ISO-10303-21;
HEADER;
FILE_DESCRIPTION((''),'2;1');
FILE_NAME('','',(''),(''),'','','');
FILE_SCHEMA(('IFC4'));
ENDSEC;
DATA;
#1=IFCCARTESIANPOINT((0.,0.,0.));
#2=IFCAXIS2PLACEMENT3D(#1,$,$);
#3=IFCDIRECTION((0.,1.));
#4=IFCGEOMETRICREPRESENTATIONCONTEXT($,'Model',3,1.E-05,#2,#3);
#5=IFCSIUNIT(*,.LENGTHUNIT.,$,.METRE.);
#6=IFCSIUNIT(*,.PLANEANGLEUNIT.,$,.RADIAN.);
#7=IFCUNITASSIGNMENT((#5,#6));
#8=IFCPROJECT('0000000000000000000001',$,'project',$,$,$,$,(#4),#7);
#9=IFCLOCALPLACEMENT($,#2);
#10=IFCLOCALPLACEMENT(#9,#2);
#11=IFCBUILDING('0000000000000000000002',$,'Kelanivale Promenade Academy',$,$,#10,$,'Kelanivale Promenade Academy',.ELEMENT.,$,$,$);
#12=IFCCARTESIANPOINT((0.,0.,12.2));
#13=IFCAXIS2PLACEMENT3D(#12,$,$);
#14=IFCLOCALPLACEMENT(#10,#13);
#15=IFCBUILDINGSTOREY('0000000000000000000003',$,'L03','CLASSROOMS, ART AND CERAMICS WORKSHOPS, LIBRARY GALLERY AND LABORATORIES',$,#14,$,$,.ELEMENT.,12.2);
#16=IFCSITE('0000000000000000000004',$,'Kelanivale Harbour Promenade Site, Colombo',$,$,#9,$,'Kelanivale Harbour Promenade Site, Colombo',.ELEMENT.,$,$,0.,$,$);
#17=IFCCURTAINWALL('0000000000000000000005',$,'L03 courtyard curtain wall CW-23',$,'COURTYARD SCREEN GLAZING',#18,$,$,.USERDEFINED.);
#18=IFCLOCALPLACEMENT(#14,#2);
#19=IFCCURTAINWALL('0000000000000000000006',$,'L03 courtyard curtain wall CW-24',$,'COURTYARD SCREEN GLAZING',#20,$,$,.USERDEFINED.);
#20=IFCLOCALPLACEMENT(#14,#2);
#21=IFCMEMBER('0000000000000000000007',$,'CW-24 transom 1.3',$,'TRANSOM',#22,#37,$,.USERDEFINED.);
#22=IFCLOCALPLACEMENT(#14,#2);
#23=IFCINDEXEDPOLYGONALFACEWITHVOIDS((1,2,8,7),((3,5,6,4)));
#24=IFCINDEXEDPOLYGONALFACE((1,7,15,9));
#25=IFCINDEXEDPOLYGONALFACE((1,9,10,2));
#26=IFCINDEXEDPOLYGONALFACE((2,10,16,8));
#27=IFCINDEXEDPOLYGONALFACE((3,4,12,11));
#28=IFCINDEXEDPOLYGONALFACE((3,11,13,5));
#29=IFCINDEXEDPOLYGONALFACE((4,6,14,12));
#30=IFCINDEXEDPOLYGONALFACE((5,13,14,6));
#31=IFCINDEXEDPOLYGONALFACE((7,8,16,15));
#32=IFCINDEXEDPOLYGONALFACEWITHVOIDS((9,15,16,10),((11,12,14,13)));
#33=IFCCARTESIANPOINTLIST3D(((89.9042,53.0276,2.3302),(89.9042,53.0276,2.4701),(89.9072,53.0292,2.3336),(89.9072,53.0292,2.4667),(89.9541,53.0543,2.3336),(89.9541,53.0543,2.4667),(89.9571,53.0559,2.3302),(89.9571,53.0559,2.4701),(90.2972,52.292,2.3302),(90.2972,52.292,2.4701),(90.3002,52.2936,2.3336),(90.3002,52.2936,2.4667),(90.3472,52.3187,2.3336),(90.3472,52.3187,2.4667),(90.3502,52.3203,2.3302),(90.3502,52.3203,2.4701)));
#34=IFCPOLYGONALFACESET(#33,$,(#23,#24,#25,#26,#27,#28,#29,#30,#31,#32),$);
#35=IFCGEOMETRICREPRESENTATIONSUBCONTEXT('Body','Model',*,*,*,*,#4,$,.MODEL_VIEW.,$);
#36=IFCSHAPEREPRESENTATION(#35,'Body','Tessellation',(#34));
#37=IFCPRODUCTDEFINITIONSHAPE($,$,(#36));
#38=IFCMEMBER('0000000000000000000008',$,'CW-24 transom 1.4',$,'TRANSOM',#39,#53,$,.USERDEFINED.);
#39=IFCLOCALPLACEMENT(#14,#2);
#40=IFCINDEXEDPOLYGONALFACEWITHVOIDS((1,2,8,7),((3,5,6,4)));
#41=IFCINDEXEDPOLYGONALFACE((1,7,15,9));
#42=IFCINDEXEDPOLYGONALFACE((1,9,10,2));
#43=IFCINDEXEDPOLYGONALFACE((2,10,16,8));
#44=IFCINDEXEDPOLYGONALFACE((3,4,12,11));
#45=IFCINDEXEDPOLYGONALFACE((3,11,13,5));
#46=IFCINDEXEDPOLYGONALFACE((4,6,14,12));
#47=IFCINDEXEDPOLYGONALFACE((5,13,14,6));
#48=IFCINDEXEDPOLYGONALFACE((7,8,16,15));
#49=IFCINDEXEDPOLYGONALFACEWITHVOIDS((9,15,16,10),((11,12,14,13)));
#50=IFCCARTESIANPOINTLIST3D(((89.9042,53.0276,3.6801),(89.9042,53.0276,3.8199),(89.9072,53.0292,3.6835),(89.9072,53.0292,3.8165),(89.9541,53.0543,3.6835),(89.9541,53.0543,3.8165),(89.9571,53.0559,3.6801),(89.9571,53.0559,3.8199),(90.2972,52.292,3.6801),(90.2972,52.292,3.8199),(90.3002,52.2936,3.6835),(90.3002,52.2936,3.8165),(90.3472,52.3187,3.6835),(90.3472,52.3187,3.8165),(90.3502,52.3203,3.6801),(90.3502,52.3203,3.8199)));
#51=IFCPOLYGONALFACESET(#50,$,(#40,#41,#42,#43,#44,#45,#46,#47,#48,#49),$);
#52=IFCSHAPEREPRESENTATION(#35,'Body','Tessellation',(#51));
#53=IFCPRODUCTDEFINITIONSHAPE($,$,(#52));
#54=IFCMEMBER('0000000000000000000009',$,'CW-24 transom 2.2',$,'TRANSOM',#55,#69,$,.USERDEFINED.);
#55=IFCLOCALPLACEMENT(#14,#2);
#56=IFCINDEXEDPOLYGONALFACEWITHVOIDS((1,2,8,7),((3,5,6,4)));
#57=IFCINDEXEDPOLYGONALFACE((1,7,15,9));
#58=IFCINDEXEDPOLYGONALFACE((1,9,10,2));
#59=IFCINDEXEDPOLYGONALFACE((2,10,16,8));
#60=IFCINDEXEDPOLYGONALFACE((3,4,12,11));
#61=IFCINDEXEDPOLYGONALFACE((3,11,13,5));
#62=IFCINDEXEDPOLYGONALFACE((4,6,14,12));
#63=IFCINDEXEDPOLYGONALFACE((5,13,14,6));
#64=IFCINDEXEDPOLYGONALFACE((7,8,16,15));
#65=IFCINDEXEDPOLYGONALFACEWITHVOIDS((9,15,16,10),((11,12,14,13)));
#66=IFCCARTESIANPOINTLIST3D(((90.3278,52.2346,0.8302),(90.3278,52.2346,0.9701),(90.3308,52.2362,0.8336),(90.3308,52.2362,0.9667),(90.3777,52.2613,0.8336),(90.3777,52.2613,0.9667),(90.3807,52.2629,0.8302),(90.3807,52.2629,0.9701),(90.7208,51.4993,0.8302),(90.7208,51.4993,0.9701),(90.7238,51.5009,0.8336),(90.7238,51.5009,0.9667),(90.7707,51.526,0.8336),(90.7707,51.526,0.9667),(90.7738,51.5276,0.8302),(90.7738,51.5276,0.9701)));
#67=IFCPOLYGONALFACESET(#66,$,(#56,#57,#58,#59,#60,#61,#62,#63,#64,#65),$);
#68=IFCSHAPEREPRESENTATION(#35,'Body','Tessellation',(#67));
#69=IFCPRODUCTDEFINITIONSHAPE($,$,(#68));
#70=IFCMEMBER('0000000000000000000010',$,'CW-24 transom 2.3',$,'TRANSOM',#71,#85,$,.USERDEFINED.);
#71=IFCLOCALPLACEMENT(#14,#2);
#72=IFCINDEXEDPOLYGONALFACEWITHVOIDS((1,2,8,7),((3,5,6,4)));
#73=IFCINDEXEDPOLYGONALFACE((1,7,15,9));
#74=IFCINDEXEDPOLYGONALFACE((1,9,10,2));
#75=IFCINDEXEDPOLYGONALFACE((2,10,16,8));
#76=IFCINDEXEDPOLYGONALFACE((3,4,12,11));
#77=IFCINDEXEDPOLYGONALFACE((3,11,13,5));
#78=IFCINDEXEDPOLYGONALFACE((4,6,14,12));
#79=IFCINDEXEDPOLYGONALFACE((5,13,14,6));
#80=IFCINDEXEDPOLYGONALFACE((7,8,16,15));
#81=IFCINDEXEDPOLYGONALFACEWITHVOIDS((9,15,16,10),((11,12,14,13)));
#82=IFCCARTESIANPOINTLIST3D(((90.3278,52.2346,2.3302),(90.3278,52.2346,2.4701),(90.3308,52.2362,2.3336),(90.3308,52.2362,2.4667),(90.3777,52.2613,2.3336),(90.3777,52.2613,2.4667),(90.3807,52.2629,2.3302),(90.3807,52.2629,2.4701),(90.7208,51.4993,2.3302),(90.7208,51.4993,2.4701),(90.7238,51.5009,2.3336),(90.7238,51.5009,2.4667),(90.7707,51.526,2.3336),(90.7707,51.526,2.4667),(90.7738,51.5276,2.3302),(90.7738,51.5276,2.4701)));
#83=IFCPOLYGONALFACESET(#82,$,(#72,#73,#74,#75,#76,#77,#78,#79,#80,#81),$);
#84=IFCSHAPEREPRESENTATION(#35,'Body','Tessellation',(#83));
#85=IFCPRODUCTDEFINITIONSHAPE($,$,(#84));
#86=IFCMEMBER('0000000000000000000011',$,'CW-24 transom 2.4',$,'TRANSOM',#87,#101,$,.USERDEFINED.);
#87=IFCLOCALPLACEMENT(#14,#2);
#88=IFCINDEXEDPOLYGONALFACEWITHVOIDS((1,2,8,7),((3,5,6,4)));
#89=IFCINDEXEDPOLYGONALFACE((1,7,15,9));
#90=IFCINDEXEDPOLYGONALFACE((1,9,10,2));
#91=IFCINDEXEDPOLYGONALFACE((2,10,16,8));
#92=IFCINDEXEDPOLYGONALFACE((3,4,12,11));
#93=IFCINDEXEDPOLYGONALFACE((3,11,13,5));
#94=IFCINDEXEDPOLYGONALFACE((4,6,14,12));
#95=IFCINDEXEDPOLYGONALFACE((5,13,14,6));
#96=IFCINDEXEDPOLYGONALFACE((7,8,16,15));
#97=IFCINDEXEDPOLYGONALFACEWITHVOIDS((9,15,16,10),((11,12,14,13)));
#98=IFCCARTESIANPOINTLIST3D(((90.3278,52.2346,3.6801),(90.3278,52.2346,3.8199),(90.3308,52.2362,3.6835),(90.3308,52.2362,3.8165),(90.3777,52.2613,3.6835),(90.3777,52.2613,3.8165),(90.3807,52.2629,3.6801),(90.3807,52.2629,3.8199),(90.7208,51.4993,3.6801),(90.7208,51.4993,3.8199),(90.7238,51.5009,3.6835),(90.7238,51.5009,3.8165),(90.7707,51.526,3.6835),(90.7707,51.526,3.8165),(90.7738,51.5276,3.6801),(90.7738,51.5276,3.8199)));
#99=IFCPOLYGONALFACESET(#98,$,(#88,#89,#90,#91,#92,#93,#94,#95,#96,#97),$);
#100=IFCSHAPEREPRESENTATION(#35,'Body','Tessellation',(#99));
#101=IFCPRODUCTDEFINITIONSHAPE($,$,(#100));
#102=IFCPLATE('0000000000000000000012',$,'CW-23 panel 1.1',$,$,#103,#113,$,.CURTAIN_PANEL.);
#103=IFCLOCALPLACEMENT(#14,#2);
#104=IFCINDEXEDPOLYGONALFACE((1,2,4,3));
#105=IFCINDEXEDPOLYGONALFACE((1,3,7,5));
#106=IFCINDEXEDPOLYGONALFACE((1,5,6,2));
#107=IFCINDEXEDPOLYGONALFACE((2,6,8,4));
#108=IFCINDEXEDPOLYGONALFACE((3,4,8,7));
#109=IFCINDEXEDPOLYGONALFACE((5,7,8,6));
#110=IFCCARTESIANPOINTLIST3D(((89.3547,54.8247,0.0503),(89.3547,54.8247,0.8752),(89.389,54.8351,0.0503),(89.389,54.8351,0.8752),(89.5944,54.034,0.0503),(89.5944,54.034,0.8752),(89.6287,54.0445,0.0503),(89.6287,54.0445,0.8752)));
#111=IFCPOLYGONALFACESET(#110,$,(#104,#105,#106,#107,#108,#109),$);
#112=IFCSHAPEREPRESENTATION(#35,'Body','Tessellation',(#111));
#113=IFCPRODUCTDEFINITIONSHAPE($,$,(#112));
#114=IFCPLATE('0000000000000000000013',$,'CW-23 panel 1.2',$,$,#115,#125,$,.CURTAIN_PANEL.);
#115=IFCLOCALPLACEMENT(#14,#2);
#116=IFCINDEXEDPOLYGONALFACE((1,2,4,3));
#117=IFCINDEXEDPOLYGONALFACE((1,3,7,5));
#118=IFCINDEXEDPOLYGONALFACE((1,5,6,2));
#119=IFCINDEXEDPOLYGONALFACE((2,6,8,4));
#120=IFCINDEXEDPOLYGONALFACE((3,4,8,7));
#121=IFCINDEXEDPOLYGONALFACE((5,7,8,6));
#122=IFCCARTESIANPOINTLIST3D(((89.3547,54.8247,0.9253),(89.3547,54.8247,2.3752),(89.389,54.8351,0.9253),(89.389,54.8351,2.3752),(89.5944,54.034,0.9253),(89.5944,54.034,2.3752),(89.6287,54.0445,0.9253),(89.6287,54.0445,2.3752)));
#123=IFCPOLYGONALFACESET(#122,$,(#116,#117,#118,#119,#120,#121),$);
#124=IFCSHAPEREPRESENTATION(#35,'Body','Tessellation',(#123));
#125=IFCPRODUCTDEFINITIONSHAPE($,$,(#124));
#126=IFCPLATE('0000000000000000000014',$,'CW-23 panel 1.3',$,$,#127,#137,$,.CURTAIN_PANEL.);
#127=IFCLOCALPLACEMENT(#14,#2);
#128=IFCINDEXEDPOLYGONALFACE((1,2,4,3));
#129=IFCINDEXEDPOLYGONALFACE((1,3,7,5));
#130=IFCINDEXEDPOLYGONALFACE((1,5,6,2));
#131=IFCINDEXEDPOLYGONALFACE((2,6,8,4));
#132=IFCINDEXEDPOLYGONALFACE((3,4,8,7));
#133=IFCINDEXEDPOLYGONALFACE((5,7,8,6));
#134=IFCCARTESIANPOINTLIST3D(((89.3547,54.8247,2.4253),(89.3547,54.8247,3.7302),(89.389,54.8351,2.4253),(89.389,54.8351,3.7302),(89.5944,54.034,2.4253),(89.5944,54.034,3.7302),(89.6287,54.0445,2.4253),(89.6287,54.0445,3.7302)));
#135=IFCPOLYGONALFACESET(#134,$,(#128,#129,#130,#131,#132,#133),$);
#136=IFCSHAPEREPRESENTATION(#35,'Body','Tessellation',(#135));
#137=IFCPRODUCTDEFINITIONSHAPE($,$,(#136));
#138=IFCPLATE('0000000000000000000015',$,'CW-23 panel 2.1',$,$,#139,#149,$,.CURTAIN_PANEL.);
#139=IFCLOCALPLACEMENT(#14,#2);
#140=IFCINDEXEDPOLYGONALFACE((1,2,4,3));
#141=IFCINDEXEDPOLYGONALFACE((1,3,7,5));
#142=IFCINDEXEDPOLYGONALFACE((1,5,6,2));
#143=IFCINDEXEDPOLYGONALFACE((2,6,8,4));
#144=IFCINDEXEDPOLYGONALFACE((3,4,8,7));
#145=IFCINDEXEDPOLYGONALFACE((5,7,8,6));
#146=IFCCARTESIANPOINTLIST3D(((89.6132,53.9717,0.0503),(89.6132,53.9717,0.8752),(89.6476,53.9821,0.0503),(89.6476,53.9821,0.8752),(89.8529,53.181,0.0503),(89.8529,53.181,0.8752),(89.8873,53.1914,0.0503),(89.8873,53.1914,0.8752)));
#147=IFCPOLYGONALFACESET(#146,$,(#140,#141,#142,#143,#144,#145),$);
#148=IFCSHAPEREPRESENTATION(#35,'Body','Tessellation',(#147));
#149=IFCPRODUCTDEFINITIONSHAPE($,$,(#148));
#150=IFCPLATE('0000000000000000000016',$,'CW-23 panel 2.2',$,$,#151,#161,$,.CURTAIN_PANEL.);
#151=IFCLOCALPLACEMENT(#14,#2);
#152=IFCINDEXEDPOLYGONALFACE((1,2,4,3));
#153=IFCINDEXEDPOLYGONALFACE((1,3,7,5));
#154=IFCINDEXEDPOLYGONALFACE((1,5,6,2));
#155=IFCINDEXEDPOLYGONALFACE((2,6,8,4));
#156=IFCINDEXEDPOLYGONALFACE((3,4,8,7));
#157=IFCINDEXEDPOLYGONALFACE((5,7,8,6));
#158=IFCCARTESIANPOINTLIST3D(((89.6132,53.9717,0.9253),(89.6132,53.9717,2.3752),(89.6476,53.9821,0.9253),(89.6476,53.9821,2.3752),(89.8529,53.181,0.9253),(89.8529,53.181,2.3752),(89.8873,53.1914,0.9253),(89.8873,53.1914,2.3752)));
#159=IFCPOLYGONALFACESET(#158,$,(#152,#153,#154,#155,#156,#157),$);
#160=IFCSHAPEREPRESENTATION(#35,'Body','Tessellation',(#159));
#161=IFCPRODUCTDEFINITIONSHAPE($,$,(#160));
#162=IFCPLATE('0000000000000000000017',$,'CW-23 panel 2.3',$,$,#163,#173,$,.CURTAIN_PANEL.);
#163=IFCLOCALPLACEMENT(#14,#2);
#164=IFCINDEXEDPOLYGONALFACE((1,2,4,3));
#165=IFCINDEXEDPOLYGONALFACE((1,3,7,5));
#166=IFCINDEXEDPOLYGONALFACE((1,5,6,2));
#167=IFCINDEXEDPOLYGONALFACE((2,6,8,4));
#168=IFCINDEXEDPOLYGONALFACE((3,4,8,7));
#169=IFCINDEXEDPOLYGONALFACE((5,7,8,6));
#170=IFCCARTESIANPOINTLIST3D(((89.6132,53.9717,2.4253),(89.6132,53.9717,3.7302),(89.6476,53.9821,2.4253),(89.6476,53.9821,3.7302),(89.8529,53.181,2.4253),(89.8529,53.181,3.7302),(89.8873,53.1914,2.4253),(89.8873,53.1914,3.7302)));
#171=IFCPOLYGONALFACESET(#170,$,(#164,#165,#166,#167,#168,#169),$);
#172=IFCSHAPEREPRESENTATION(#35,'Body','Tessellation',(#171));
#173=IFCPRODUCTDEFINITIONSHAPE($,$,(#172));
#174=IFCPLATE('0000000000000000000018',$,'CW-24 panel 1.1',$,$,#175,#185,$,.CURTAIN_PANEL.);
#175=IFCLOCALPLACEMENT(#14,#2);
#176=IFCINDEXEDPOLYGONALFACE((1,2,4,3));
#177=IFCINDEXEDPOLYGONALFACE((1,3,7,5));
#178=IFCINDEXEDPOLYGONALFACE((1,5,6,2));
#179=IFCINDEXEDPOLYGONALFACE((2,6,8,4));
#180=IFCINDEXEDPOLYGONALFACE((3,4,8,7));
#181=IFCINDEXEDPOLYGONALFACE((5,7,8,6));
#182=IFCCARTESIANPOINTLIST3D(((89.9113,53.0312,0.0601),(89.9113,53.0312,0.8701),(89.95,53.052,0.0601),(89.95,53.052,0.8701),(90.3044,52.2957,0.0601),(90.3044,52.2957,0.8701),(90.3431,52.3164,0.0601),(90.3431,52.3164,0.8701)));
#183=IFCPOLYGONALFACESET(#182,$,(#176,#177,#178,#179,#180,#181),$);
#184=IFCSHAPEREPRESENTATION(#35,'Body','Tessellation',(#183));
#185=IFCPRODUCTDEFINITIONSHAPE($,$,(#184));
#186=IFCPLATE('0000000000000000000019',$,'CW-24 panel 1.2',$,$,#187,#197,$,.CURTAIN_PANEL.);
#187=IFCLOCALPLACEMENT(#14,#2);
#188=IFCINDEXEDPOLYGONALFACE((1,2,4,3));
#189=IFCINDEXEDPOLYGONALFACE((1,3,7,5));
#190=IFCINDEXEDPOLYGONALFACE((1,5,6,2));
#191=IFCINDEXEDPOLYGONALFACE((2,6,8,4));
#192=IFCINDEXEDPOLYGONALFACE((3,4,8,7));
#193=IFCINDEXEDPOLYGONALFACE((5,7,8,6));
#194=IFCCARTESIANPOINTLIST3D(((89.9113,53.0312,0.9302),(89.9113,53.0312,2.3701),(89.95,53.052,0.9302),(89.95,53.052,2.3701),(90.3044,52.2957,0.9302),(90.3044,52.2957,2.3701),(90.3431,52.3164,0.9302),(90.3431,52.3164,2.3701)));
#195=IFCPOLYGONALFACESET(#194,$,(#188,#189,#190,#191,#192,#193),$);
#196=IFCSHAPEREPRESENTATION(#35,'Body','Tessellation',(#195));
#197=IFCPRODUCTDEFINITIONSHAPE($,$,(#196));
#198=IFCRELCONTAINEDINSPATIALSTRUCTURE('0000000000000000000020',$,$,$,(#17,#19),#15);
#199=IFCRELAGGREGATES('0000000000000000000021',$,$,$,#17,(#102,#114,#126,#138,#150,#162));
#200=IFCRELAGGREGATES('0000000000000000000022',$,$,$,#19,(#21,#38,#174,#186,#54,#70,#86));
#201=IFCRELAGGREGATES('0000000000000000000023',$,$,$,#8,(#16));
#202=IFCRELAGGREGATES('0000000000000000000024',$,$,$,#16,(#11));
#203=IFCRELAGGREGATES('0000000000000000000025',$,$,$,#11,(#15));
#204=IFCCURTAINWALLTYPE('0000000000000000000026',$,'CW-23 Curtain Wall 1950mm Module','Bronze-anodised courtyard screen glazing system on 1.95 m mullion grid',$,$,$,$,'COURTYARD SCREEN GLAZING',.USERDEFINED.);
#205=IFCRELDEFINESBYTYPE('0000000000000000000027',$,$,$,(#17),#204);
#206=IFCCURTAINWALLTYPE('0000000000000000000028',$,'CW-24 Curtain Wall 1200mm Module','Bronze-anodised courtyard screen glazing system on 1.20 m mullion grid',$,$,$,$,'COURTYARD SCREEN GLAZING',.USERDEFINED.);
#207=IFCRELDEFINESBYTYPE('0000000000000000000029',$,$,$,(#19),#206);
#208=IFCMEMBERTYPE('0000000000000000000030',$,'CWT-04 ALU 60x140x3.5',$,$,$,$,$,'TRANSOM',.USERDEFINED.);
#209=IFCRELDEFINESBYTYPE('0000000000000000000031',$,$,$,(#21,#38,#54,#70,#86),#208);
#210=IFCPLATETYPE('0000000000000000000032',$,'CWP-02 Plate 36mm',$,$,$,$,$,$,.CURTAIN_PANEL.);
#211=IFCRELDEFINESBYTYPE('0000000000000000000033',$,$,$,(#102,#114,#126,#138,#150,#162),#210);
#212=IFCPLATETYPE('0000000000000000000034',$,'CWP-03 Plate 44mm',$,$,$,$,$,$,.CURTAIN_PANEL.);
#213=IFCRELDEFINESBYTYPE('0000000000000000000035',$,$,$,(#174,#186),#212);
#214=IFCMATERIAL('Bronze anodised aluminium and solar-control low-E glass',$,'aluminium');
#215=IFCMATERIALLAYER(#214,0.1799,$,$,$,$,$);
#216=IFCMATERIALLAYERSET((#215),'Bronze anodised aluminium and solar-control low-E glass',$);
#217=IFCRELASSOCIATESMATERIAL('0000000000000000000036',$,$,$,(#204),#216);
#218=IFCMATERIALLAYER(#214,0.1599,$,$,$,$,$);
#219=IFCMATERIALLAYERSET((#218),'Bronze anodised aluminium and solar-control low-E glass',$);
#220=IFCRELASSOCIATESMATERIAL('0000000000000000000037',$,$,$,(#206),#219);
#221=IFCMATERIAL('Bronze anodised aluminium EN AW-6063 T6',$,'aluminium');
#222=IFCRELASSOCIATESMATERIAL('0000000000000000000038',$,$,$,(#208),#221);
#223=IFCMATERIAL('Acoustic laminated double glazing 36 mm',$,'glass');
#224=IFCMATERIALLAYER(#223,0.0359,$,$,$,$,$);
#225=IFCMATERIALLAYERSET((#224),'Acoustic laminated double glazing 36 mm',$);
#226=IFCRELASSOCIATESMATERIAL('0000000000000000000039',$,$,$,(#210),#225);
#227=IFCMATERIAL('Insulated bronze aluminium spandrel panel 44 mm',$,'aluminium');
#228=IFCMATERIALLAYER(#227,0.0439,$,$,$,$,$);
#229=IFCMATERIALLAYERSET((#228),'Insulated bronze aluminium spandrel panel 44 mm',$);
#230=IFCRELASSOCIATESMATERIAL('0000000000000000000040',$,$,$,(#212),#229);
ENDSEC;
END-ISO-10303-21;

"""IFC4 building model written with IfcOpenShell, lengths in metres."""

from ifc_helpers import new_model, si_unit, direction, frame, origin, origin_2d, place, context, subcontext, project, spatial, rectangle, hollow_rectangle, extrude, material, layer, layer_set, material_profile, profile_set, type_object, element, aggregate, save


model = new_model("IFC4")

# Units and contexts
model_context = context("Model", 3, precision=1e-05, world=origin(), true_north=direction((0.0, 1.0)))
body_context = subcontext(model_context, "Body", "Model", "MODEL_VIEW")
ifc_project = project(units=[si_unit("LENGTHUNIT", "METRE"), si_unit("PLANEANGLEUNIT", "RADIAN")], contexts=[model_context])

# Site, building, storey
site_placement = place(None, origin())
site = spatial("IfcSite", under=ifc_project, at=site_placement, Name="Kelanivale Harbour Promenade Site, Colombo", LongName="Kelanivale Harbour Promenade Site, Colombo", CompositionType="ELEMENT", RefElevation=0.0)
building_placement = place(site_placement, origin())
building = spatial("IfcBuilding", under=site, at=building_placement, Name="Kelanivale Promenade Academy", LongName="Kelanivale Promenade Academy", CompositionType="ELEMENT")
storey_placement = place(building_placement, frame((0.0, 0.0, 12.2)))
storey = spatial("IfcBuildingStorey", under=building, at=storey_placement, Name="L03", Description="CLASSROOMS, ART AND CERAMICS WORKSHOPS, LIBRARY GALLERY AND LABORATORIES", CompositionType="ELEMENT", Elevation=12.2)

# Curtain walls
ifc_material_1 = material(Name="Bronze anodised aluminium and solar-control low-E glass", Category="aluminium")
ifc_layer_1 = layer(ifc_material_1, 0.1799)
ifc_layer_set_1 = layer_set([ifc_layer_1], Name="Bronze anodised aluminium and solar-control low-E glass")
curtain_wall_type_1 = type_object("IfcCurtainWallType", Name="CW-23 Curtain Wall 1950mm Module", Description="Bronze-anodised courtyard screen glazing system on 1.95 m mullion grid", ElementType="COURTYARD SCREEN GLAZING", PredefinedType="USERDEFINED", material=ifc_layer_set_1)
curtain_wall_1_placement = place(storey_placement, origin())
curtain_wall_1 = element("IfcCurtainWall", 1, at=curtain_wall_1_placement, inside=storey, type_object=curtain_wall_type_1, Name="L03 courtyard curtain wall CW-23", ObjectType="COURTYARD SCREEN GLAZING", PredefinedType="USERDEFINED")
ifc_material_2 = material(Name="Bronze anodised aluminium EN AW-6063 T6", Category="aluminium")
ifc_layer_2 = layer(ifc_material_1, 0.1599)
ifc_layer_set_2 = layer_set([ifc_layer_2], Name="Bronze anodised aluminium and solar-control low-E glass")
curtain_wall_type_2 = type_object("IfcCurtainWallType", Name="CW-24 Curtain Wall 1200mm Module", Description="Bronze-anodised courtyard screen glazing system on 1.20 m mullion grid", ElementType="COURTYARD SCREEN GLAZING", PredefinedType="USERDEFINED", material=ifc_layer_set_2)
curtain_wall_2_placement = place(storey_placement, origin())
curtain_wall_2 = element("IfcCurtainWall", 2, at=curtain_wall_2_placement, inside=storey, type_object=curtain_wall_type_2, Name="L03 courtyard curtain wall CW-24", ObjectType="COURTYARD SCREEN GLAZING", PredefinedType="USERDEFINED")

# Members
ifc_material_profile_1 = material_profile(ifc_material_2, hollow_rectangle(XDim=0.0601, YDim=0.1399, WallThickness=0.0034, at=origin_2d()), Name="ALU 60x140x3.5")
ifc_profile_set_1 = profile_set([ifc_material_profile_1], Name="Bronze anodised aluminium EN AW-6063 T6")
member_type_1 = type_object("IfcMemberType", Name="CWT-04 ALU 60x140x3.5", ElementType="TRANSOM", PredefinedType="USERDEFINED", material=ifc_profile_set_1)
member_1_placement = place(storey_placement, frame((89.9307, 53.0417, 2.4001), z_axis=(0.471287, -0.88198, 0.0), x_axis=(0.88198, 0.471287, 0.0)))
member_1 = element("IfcMember", 3, at=member_1_placement, type_object=member_type_1, Name="CW-24 transom 1.3", ObjectType="TRANSOM", PredefinedType="USERDEFINED", context=body_context, shape_type="SweptSolid", body=[
    extrude(hollow_rectangle(XDim=0.0601, YDim=0.1399, WallThickness=0.0034, at=origin_2d()), origin(), (0.0, 0.0, 1.0), 0.834),
])
member_2_placement = place(storey_placement, frame((89.9307, 53.0417, 3.75), z_axis=(0.471287, -0.88198, 0.0), x_axis=(0.88198, 0.471287, 0.0)))
member_2 = element("IfcMember", 4, at=member_2_placement, type_object=member_type_1, Name="CW-24 transom 1.4", ObjectType="TRANSOM", PredefinedType="USERDEFINED", context=body_context, shape_type="SweptSolid", body=[
    extrude(hollow_rectangle(XDim=0.0601, YDim=0.1399, WallThickness=0.0034, at=origin_2d()), origin(), (0.0, 0.0, 1.0), 0.834),
])
member_3_placement = place(storey_placement, frame((90.3542, 52.2488, 0.9001), z_axis=(0.471409, -0.881915, 0.0), x_axis=(0.881915, 0.471409, 0.0)))
member_3 = element("IfcMember", 5, at=member_3_placement, type_object=member_type_1, Name="CW-24 transom 2.2", ObjectType="TRANSOM", PredefinedType="USERDEFINED", context=body_context, shape_type="SweptSolid", body=[
    extrude(hollow_rectangle(XDim=0.0601, YDim=0.1399, WallThickness=0.0034, at=origin_2d()), origin(), (0.0, 0.0, 1.0), 0.8337),
])
member_4_placement = place(storey_placement, frame((90.3542, 52.2488, 2.4001), z_axis=(0.471409, -0.881915, 0.0), x_axis=(0.881915, 0.471409, 0.0)))
member_4 = element("IfcMember", 6, at=member_4_placement, type_object=member_type_1, Name="CW-24 transom 2.3", ObjectType="TRANSOM", PredefinedType="USERDEFINED", context=body_context, shape_type="SweptSolid", body=[
    extrude(hollow_rectangle(XDim=0.0601, YDim=0.1399, WallThickness=0.0034, at=origin_2d()), origin(), (0.0, 0.0, 1.0), 0.8337),
])
member_5_placement = place(storey_placement, frame((90.3542, 52.2488, 3.75), z_axis=(0.471409, -0.881915, 0.0), x_axis=(0.881915, 0.471409, 0.0)))
member_5 = element("IfcMember", 7, at=member_5_placement, type_object=member_type_1, Name="CW-24 transom 2.4", ObjectType="TRANSOM", PredefinedType="USERDEFINED", context=body_context, shape_type="SweptSolid", body=[
    extrude(hollow_rectangle(XDim=0.0601, YDim=0.1399, WallThickness=0.0034, at=origin_2d()), origin(), (0.0, 0.0, 1.0), 0.8337),
])

# Plates
ifc_material_3 = material(Name="Acoustic laminated double glazing 36 mm", Category="glass")
ifc_layer_3 = layer(ifc_material_3, 0.0359)
ifc_layer_set_3 = layer_set([ifc_layer_3], Name="Acoustic laminated double glazing 36 mm")
plate_type_1 = type_object("IfcPlateType", Name="CWP-02 Plate 36mm", PredefinedType="CURTAIN_PANEL", material=ifc_layer_set_3)
plate_1_placement = place(storey_placement, frame((89.4917, 54.4346, 0.0503), z_axis=(0.0, 0.0, 1.0), x_axis=(0.290128, -0.956988, 0.0)))
plate_1 = element("IfcPlate", 8, at=plate_1_placement, type_object=plate_type_1, Name="CW-23 panel 1.1", PredefinedType="CURTAIN_PANEL", context=body_context, shape_type="SweptSolid", body=[
    extrude(rectangle(XDim=0.8262, YDim=0.0359, at=origin_2d()), origin(), (0.0, 0.0, 1.0), 0.825),
])
plate_2_placement = place(storey_placement, frame((89.4917, 54.4346, 0.9253), z_axis=(0.0, 0.0, 1.0), x_axis=(0.290128, -0.956988, 0.0)))
plate_2 = element("IfcPlate", 9, at=plate_2_placement, type_object=plate_type_1, Name="CW-23 panel 1.2", PredefinedType="CURTAIN_PANEL", context=body_context, shape_type="SweptSolid", body=[
    extrude(rectangle(XDim=0.8262, YDim=0.0359, at=origin_2d()), origin(), (0.0, 0.0, 1.0), 1.45),
])
plate_3_placement = place(storey_placement, frame((89.4917, 54.4346, 2.4253), z_axis=(0.0, 0.0, 1.0), x_axis=(0.290128, -0.956988, 0.0)))
plate_3 = element("IfcPlate", 10, at=plate_3_placement, type_object=plate_type_1, Name="CW-23 panel 1.3", PredefinedType="CURTAIN_PANEL", context=body_context, shape_type="SweptSolid", body=[
    extrude(rectangle(XDim=0.8262, YDim=0.0359, at=origin_2d()), origin(), (0.0, 0.0, 1.0), 1.3049),
])
plate_4_placement = place(storey_placement, frame((89.7502, 53.5815, 0.0503), z_axis=(0.0, 0.0, 1.0), x_axis=(0.290128, -0.956988, 0.0)))
plate_4 = element("IfcPlate", 11, at=plate_4_placement, type_object=plate_type_1, Name="CW-23 panel 2.1", PredefinedType="CURTAIN_PANEL", context=body_context, shape_type="SweptSolid", body=[
    extrude(rectangle(XDim=0.8262, YDim=0.0359, at=origin_2d()), origin(), (0.0, 0.0, 1.0), 0.825),
])
plate_5_placement = place(storey_placement, frame((89.7502, 53.5815, 0.9253), z_axis=(0.0, 0.0, 1.0), x_axis=(0.290128, -0.956988, 0.0)))
plate_5 = element("IfcPlate", 12, at=plate_5_placement, type_object=plate_type_1, Name="CW-23 panel 2.2", PredefinedType="CURTAIN_PANEL", context=body_context, shape_type="SweptSolid", body=[
    extrude(rectangle(XDim=0.8262, YDim=0.0359, at=origin_2d()), origin(), (0.0, 0.0, 1.0), 1.45),
])
plate_6_placement = place(storey_placement, frame((89.7502, 53.5815, 2.4253), z_axis=(0.0, 0.0, 1.0), x_axis=(0.290128, -0.956988, 0.0)))
plate_6 = element("IfcPlate", 13, at=plate_6_placement, type_object=plate_type_1, Name="CW-23 panel 2.3", PredefinedType="CURTAIN_PANEL", context=body_context, shape_type="SweptSolid", body=[
    extrude(rectangle(XDim=0.8262, YDim=0.0359, at=origin_2d()), origin(), (0.0, 0.0, 1.0), 1.3049),
])
aggregate(curtain_wall_1, [plate_1, plate_2, plate_3, plate_4, plate_5, plate_6])
ifc_material_4 = material(Name="Insulated bronze aluminium spandrel panel 44 mm", Category="aluminium")
ifc_layer_4 = layer(ifc_material_4, 0.0439)
ifc_layer_set_4 = layer_set([ifc_layer_4], Name="Insulated bronze aluminium spandrel panel 44 mm")
plate_type_2 = type_object("IfcPlateType", Name="CWP-03 Plate 44mm", PredefinedType="CURTAIN_PANEL", material=ifc_layer_set_4)
plate_7_placement = place(storey_placement, frame((90.1272, 52.6738, 0.0601), z_axis=(0.0, 0.0, 1.0), x_axis=(0.471312, -0.881966, 0.0)))
plate_7 = element("IfcPlate", 14, at=plate_7_placement, type_object=plate_type_2, Name="CW-24 panel 1.1", PredefinedType="CURTAIN_PANEL", context=body_context, shape_type="SweptSolid", body=[
    extrude(rectangle(XDim=0.834, YDim=0.0439, at=origin_2d()), origin(), (0.0, 0.0, 1.0), 0.8101),
])
plate_8_placement = place(storey_placement, frame((90.1272, 52.6738, 0.9302), z_axis=(0.0, 0.0, 1.0), x_axis=(0.471312, -0.881966, 0.0)))
plate_8 = element("IfcPlate", 15, at=plate_8_placement, type_object=plate_type_2, Name="CW-24 panel 1.2", PredefinedType="CURTAIN_PANEL", context=body_context, shape_type="SweptSolid", body=[
    extrude(rectangle(XDim=0.834, YDim=0.0439, at=origin_2d()), origin(), (0.0, 0.0, 1.0), 1.4399),
])
aggregate(curtain_wall_2, [member_1, member_2, plate_7, plate_8, member_3, member_4, member_5])

save(model, "model.ifc")
